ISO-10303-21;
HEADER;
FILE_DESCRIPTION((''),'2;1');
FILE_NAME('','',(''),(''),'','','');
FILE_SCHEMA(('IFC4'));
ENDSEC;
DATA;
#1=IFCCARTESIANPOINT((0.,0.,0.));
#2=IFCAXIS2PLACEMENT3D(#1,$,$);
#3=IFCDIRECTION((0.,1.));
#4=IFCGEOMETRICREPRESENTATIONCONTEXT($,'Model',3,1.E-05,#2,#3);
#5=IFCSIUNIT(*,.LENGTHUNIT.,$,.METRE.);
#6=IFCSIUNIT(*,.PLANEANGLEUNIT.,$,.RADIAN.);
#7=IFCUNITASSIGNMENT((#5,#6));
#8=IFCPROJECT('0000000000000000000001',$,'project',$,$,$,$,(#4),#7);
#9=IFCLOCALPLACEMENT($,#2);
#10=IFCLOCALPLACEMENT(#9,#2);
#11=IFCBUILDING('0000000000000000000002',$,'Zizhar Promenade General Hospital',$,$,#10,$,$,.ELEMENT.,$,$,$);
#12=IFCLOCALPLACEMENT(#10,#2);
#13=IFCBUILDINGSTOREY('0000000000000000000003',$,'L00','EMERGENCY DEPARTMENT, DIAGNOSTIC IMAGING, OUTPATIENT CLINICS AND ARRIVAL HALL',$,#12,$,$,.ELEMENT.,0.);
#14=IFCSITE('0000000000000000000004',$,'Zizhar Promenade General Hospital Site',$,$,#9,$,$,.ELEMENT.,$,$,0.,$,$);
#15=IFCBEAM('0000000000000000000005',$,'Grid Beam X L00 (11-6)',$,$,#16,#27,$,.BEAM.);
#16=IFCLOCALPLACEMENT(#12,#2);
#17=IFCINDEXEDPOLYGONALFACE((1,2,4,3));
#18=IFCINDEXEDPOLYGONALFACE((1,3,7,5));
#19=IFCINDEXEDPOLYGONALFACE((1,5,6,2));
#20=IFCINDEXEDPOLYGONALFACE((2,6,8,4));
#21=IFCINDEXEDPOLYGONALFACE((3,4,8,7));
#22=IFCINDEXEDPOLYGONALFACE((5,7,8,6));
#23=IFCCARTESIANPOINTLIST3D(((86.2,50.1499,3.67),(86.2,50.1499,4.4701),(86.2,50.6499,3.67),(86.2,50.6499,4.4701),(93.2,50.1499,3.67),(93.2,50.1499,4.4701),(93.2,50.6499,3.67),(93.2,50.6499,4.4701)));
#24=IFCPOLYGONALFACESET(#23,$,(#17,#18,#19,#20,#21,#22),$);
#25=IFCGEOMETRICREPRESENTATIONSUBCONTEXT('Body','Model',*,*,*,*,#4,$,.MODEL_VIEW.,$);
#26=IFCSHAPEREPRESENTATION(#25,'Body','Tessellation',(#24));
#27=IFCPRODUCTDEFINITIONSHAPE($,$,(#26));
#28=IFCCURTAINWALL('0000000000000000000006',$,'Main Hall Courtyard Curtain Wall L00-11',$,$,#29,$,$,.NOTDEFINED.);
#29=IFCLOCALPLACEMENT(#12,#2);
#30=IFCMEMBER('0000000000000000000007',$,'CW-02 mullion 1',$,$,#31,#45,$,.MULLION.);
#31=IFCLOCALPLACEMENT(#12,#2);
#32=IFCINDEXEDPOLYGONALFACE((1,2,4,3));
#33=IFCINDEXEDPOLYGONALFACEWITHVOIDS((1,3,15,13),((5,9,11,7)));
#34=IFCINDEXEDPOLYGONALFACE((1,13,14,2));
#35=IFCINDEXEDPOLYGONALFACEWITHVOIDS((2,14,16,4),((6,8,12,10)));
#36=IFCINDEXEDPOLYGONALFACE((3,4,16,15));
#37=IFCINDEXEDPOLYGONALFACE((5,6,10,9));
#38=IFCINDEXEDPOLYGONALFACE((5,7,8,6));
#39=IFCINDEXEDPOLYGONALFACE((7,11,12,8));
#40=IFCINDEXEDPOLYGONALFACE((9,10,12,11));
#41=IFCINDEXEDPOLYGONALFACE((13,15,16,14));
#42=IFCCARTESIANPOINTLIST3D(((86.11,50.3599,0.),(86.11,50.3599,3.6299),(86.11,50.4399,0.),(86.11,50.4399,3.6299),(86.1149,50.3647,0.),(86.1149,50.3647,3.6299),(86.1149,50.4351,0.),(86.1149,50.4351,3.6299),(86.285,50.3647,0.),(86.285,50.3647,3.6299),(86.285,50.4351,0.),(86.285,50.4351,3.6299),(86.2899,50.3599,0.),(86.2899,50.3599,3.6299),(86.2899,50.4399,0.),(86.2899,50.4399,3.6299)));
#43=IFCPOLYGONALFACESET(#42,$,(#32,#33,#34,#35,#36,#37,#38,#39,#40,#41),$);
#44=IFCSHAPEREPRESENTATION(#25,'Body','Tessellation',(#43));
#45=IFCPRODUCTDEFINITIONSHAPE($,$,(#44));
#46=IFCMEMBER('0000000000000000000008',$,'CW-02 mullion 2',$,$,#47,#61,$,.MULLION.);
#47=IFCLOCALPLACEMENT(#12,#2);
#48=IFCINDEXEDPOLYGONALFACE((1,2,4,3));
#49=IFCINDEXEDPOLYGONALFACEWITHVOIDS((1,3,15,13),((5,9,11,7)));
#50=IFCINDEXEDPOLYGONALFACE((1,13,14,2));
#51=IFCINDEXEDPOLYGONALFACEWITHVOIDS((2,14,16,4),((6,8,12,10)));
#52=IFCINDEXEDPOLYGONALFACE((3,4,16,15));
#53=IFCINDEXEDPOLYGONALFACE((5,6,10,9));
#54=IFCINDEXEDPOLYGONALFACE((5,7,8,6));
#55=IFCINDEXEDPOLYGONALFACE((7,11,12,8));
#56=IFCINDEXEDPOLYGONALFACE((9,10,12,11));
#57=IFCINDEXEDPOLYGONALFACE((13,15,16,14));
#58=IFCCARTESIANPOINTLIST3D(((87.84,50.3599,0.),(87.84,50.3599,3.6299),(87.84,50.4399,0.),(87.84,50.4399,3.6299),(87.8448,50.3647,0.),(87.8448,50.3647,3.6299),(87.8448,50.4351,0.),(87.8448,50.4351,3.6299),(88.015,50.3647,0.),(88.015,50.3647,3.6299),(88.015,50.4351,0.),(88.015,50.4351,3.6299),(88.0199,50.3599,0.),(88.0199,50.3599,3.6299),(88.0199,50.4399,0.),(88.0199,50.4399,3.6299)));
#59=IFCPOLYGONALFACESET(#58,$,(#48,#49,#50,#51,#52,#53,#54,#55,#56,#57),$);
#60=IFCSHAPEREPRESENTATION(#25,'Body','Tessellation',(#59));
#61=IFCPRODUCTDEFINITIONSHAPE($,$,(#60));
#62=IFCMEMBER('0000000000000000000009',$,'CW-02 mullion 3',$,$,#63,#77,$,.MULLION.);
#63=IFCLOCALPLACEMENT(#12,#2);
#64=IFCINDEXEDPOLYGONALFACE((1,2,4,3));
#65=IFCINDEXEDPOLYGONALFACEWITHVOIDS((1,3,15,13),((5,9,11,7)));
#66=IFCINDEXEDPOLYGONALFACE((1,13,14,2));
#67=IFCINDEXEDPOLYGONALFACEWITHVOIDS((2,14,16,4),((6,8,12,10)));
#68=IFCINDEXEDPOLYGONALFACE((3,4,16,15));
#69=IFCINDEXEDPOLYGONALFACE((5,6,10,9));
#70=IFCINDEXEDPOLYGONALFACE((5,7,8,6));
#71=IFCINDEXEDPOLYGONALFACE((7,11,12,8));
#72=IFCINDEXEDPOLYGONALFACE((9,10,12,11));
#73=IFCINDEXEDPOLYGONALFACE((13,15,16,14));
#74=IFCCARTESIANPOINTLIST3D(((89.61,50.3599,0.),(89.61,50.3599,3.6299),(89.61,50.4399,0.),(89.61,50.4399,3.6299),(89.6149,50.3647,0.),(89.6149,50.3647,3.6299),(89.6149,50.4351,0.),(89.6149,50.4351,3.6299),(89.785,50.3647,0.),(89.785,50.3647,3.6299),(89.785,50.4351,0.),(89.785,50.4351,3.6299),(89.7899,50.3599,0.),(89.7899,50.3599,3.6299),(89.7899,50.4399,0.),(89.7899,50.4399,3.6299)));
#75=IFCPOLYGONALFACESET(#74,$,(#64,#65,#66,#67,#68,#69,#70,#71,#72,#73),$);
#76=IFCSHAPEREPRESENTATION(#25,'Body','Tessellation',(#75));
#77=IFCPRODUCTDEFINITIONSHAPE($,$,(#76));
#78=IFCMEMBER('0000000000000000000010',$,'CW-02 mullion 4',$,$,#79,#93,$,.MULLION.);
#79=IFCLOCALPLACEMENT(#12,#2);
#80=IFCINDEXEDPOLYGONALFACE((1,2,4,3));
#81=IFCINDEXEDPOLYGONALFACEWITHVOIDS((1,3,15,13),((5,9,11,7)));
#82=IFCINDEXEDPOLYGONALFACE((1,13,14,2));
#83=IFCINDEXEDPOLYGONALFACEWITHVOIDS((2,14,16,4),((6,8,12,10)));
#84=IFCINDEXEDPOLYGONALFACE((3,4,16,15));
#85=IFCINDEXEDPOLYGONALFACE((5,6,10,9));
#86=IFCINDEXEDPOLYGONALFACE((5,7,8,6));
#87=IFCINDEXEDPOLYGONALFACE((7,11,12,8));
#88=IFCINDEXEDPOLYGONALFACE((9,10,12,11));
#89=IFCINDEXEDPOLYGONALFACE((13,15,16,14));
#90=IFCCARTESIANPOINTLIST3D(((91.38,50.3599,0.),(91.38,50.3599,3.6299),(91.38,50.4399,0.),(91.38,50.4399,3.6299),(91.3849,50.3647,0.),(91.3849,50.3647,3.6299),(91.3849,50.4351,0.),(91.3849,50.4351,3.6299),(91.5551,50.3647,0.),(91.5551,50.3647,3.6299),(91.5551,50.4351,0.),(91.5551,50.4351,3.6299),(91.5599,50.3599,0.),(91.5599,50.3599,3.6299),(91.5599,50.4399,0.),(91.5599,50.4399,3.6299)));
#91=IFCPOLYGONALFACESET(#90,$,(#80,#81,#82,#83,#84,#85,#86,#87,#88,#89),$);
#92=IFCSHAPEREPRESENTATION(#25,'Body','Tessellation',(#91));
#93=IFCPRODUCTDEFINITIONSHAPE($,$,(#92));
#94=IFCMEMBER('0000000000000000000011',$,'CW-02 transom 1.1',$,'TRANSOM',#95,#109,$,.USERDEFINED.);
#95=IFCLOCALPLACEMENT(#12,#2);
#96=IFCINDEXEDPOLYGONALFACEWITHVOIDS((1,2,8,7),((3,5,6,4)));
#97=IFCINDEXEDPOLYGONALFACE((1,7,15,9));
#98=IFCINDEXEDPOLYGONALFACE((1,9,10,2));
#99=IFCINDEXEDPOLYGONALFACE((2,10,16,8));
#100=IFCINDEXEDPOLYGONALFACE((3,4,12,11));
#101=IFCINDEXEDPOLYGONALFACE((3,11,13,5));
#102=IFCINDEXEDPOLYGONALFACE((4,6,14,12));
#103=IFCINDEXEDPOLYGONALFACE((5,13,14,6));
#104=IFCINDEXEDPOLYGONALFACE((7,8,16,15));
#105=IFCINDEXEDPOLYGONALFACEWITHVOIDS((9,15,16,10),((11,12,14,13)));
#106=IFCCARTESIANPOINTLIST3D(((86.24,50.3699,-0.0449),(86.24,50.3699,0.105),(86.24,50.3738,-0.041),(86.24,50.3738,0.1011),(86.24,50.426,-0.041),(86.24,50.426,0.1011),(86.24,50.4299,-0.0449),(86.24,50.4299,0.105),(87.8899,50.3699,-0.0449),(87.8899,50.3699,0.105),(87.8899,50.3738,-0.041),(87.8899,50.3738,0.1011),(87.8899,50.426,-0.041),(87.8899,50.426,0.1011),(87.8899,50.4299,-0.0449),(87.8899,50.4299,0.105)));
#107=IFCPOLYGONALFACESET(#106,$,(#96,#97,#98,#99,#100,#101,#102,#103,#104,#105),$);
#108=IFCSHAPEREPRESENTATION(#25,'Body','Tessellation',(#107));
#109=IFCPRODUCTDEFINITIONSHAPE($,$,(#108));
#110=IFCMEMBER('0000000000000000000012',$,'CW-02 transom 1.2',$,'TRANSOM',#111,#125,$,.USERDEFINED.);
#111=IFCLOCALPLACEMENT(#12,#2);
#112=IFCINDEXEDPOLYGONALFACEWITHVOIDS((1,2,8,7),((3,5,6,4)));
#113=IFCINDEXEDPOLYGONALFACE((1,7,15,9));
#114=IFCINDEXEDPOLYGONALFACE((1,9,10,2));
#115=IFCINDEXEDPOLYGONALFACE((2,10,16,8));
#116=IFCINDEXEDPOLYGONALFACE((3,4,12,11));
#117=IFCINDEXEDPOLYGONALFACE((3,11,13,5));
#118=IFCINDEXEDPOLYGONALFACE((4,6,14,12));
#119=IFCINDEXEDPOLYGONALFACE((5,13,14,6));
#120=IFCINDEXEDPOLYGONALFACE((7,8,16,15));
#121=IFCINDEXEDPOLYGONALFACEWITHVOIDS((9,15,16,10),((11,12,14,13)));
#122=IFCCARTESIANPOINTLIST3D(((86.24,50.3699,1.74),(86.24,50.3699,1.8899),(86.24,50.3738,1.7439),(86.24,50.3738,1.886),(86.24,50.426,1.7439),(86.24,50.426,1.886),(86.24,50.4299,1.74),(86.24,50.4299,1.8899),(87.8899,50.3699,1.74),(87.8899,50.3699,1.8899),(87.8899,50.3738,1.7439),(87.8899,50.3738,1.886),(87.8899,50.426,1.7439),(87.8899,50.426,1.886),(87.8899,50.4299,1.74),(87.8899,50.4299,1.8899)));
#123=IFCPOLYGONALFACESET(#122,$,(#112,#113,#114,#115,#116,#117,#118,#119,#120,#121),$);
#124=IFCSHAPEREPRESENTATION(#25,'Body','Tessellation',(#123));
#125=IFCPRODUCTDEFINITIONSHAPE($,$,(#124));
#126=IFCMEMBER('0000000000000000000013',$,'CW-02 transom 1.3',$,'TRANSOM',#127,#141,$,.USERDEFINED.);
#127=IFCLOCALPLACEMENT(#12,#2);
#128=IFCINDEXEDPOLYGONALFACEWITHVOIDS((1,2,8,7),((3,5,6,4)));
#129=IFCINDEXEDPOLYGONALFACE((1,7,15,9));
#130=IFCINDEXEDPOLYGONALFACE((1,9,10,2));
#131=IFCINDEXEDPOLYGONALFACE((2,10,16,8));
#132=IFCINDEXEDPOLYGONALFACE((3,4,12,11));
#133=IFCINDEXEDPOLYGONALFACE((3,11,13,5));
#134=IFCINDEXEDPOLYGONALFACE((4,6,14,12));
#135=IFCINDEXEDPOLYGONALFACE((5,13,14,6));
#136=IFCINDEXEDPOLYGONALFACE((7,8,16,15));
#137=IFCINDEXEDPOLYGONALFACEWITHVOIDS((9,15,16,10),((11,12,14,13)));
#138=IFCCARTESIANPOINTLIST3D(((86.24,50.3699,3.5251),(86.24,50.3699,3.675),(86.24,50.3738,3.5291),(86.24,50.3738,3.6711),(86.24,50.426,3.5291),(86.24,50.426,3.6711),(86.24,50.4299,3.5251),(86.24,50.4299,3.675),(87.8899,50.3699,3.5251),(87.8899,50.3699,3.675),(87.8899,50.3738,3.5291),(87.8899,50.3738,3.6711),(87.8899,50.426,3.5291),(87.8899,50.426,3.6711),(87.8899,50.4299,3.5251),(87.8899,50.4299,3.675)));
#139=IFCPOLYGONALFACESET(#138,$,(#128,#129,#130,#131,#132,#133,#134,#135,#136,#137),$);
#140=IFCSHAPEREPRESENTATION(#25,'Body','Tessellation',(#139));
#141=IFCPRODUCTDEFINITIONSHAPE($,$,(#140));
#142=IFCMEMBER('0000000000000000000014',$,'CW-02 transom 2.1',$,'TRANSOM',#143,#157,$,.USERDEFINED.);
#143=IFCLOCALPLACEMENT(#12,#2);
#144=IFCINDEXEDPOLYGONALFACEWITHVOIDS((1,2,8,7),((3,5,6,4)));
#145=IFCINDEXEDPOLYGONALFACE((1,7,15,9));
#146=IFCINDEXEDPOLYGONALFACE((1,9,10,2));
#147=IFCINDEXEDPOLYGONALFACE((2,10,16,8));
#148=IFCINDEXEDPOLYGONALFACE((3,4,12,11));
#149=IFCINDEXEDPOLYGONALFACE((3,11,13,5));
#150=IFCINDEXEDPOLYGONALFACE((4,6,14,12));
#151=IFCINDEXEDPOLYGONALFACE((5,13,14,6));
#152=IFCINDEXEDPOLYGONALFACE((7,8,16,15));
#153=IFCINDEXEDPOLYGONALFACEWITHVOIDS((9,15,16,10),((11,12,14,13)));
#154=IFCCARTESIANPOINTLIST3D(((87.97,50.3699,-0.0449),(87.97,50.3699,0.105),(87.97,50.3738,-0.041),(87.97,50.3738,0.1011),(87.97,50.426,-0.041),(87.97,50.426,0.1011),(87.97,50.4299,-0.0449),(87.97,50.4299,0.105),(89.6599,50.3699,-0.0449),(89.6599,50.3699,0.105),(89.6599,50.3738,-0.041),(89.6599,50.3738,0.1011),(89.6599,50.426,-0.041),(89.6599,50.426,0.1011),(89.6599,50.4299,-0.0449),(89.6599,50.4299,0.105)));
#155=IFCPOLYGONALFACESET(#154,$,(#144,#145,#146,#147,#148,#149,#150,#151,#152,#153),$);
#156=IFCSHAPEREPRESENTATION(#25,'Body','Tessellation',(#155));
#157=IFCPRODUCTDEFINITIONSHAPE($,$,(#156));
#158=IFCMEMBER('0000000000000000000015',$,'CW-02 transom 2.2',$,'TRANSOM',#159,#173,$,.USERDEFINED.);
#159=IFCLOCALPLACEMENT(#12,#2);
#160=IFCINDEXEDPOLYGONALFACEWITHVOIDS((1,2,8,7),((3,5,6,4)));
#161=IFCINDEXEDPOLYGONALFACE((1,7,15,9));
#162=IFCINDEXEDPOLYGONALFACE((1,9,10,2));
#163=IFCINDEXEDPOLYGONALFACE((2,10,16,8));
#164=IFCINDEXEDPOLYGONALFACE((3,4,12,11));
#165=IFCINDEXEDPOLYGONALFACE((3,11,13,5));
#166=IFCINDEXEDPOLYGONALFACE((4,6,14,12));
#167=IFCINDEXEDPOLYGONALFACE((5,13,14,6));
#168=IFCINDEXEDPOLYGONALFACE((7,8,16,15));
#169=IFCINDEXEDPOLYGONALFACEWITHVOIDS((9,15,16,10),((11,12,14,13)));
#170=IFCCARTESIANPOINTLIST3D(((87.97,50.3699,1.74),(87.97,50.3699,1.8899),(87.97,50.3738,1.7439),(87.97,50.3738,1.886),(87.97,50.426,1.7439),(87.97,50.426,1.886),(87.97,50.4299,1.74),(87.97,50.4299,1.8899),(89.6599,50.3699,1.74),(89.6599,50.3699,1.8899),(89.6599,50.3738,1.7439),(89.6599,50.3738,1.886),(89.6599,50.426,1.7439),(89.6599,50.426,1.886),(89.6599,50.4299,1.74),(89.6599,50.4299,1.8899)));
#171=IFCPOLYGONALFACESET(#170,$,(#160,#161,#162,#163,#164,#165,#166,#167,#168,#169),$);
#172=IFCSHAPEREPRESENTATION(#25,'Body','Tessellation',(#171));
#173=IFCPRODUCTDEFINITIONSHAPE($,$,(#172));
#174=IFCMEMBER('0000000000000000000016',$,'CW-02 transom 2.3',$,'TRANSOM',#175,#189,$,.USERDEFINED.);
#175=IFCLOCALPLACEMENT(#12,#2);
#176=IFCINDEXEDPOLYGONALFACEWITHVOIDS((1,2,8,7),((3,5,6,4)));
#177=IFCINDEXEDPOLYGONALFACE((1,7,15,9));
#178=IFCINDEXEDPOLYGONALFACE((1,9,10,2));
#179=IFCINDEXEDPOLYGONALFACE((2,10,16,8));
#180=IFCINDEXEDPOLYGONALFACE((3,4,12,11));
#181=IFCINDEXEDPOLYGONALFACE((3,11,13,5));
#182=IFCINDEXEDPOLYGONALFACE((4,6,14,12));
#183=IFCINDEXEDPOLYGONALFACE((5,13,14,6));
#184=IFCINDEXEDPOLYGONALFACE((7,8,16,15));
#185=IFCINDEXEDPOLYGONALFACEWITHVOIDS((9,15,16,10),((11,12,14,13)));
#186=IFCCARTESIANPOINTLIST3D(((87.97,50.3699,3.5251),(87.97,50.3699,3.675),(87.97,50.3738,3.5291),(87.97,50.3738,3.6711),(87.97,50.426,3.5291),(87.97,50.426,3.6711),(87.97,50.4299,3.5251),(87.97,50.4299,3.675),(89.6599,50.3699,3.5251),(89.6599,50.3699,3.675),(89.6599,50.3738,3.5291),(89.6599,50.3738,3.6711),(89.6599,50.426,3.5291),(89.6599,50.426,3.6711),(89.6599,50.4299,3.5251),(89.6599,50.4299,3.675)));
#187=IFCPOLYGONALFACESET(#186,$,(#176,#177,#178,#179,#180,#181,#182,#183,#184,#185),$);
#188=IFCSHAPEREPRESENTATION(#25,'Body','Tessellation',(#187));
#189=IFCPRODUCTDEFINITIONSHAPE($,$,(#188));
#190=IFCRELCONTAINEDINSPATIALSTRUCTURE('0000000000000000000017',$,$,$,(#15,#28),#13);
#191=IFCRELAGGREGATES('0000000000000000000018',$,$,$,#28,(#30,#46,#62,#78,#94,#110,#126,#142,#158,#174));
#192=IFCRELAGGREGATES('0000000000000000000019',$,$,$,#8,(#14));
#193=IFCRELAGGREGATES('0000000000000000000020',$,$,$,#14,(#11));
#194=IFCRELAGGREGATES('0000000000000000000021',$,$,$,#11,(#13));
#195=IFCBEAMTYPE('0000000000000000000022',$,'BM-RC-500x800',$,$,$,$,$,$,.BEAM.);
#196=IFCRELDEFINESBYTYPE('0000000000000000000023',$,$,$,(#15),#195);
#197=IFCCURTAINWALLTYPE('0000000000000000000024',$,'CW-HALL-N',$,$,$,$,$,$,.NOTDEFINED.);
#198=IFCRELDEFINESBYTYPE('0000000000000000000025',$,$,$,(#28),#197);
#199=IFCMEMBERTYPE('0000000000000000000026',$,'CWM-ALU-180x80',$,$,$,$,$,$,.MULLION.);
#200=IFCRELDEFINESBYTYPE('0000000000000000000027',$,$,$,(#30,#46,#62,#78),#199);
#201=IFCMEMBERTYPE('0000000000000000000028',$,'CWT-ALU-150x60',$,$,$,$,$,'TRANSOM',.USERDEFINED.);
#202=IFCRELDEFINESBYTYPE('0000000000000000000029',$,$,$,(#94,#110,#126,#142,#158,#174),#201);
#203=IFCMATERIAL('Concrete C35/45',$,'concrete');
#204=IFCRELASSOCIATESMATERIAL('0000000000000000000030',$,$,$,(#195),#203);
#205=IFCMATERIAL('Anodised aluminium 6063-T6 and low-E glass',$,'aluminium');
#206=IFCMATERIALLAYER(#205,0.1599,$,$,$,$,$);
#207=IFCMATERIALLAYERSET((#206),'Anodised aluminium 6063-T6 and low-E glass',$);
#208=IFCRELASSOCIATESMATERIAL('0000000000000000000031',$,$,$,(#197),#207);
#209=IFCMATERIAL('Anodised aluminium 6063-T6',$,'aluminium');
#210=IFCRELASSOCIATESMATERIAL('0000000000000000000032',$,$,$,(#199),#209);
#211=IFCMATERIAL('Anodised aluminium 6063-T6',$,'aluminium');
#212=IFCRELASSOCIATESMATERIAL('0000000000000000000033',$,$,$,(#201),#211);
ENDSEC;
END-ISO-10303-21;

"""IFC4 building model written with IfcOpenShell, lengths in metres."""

from ifc_helpers import new_model, si_unit, direction, frame, origin, origin_2d, place, context, subcontext, project, spatial, rectangle, hollow_rectangle, extrude, material, layer, layer_set, material_profile, profile_set, type_object, element, aggregate, save


model = new_model("IFC4")

# Units and contexts
model_context = context("Model", 3, precision=1e-05, world=origin(), true_north=direction((0.0, 1.0)))
body_context = subcontext(model_context, "Body", "Model", "MODEL_VIEW")
ifc_project = project(units=[si_unit("LENGTHUNIT", "METRE"), si_unit("PLANEANGLEUNIT", "RADIAN")], contexts=[model_context])

# Site, building, storey
site_placement = place(None, origin())
site = spatial("IfcSite", under=ifc_project, at=site_placement, Name="Zizhar Promenade General Hospital Site", CompositionType="ELEMENT", RefElevation=0.0)
building_placement = place(site_placement, origin())
building = spatial("IfcBuilding", under=site, at=building_placement, Name="Zizhar Promenade General Hospital", CompositionType="ELEMENT")
storey_placement = place(building_placement, origin())
storey = spatial("IfcBuildingStorey", under=building, at=storey_placement, Name="L00", Description="EMERGENCY DEPARTMENT, DIAGNOSTIC IMAGING, OUTPATIENT CLINICS AND ARRIVAL HALL", CompositionType="ELEMENT", Elevation=0.0)

# Beam
ifc_material_1 = material(Name="Concrete C35/45", Category="concrete")
ifc_material_profile_1 = material_profile(ifc_material_1, rectangle(XDim=0.5, YDim=0.8, at=origin_2d()))
ifc_profile_set_1 = profile_set([ifc_material_profile_1], Name="Concrete C35/45")
beam_type = type_object("IfcBeamType", Name="BM-RC-500x800", PredefinedType="BEAM", material=ifc_profile_set_1)
beam_placement = place(storey_placement, frame((86.2, 50.3999, 4.0701), z_axis=(1.0, 0.0, 0.0), x_axis=(0.0, 1.0, 0.0)))
element("IfcBeam", 1, at=beam_placement, inside=storey, type_object=beam_type, Name="Grid Beam X L00 (11-6)", PredefinedType="BEAM", context=body_context, shape_type="SweptSolid", body=[
    extrude(rectangle(XDim=0.5, YDim=0.8, at=origin_2d()), origin(), (0.0, 0.0, 1.0), 7.0),
])

# Curtain wall, members
ifc_material_2 = material(Name="Anodised aluminium 6063-T6 and low-E glass", Category="aluminium")
ifc_layer_1 = layer(ifc_material_2, 0.1599)
ifc_layer_set_1 = layer_set([ifc_layer_1], Name="Anodised aluminium 6063-T6 and low-E glass")
curtain_wall_type = type_object("IfcCurtainWallType", Name="CW-HALL-N", PredefinedType="NOTDEFINED", material=ifc_layer_set_1)
curtain_wall_placement = place(storey_placement, origin())
curtain_wall = element("IfcCurtainWall", 2, at=curtain_wall_placement, inside=storey, type_object=curtain_wall_type, Name="Main Hall Courtyard Curtain Wall L00-11", PredefinedType="NOTDEFINED")
ifc_material_3 = material(Name="Anodised aluminium 6063-T6", Category="aluminium")
ifc_material_profile_2 = material_profile(ifc_material_3, hollow_rectangle(XDim=0.0801, YDim=0.1799, WallThickness=0.0049, at=origin_2d()))
ifc_profile_set_2 = profile_set([ifc_material_profile_2], Name="Anodised aluminium 6063-T6")
member_type_1 = type_object("IfcMemberType", Name="CWM-ALU-180x80", PredefinedType="MULLION", material=ifc_profile_set_2)
member_1_placement = place(storey_placement, frame((86.2, 50.3999, 0.0), z_axis=(0.0, 0.0, 1.0), x_axis=(0.0, 1.0, 0.0)))
member_1 = element("IfcMember", 3, at=member_1_placement, type_object=member_type_1, Name="CW-02 mullion 1", PredefinedType="MULLION", context=body_context, shape_type="SweptSolid", body=[
    extrude(hollow_rectangle(XDim=0.0801, YDim=0.1799, WallThickness=0.0049, at=origin_2d()), origin(), (0.0, 0.0, 1.0), 3.6299),
])
member_2_placement = place(storey_placement, frame((87.9299, 50.3999, 0.0), z_axis=(0.0, 0.0, 1.0), x_axis=(0.0, 1.0, 0.0)))
member_2 = element("IfcMember", 4, at=member_2_placement, type_object=member_type_1, Name="CW-02 mullion 2", PredefinedType="MULLION", context=body_context, shape_type="SweptSolid", body=[
    extrude(hollow_rectangle(XDim=0.0801, YDim=0.1799, WallThickness=0.0049, at=origin_2d()), origin(), (0.0, 0.0, 1.0), 3.6299),
])
member_3_placement = place(storey_placement, frame((89.7, 50.3999, 0.0), z_axis=(0.0, 0.0, 1.0), x_axis=(0.0, 1.0, 0.0)))
member_3 = element("IfcMember", 5, at=member_3_placement, type_object=member_type_1, Name="CW-02 mullion 3", PredefinedType="MULLION", context=body_context, shape_type="SweptSolid", body=[
    extrude(hollow_rectangle(XDim=0.0801, YDim=0.1799, WallThickness=0.0049, at=origin_2d()), origin(), (0.0, 0.0, 1.0), 3.6299),
])
member_4_placement = place(storey_placement, frame((91.47, 50.3999, 0.0), z_axis=(0.0, 0.0, 1.0), x_axis=(0.0, 1.0, 0.0)))
member_4 = element("IfcMember", 6, at=member_4_placement, type_object=member_type_1, Name="CW-02 mullion 4", PredefinedType="MULLION", context=body_context, shape_type="SweptSolid", body=[
    extrude(hollow_rectangle(XDim=0.0801, YDim=0.1799, WallThickness=0.0049, at=origin_2d()), origin(), (0.0, 0.0, 1.0), 3.6299),
])
ifc_material_4 = material(Name="Anodised aluminium 6063-T6", Category="aluminium")
ifc_material_profile_3 = material_profile(ifc_material_4, hollow_rectangle(XDim=0.0601, YDim=0.1499, WallThickness=0.0039, at=origin_2d()))
ifc_profile_set_3 = profile_set([ifc_material_profile_3], Name="Anodised aluminium 6063-T6")
member_type_2 = type_object("IfcMemberType", Name="CWT-ALU-150x60", ElementType="TRANSOM", PredefinedType="USERDEFINED", material=ifc_profile_set_3)
member_5_placement = place(storey_placement, frame((86.24, 50.3999, 0.03), z_axis=(1.0, 0.0, 0.0), x_axis=(0.0, 1.0, 0.0)))
member_5 = element("IfcMember", 7, at=member_5_placement, type_object=member_type_2, Name="CW-02 transom 1.1", ObjectType="TRANSOM", PredefinedType="USERDEFINED", context=body_context, shape_type="SweptSolid", body=[
    extrude(hollow_rectangle(XDim=0.0601, YDim=0.1499, WallThickness=0.0039, at=origin_2d()), origin(), (0.0, 0.0, 1.0), 1.6499),
])
member_6_placement = place(storey_placement, frame((86.24, 50.3999, 1.8149), z_axis=(1.0, 0.0, 0.0), x_axis=(0.0, 1.0, 0.0)))
member_6 = element("IfcMember", 8, at=member_6_placement, type_object=member_type_2, Name="CW-02 transom 1.2", ObjectType="TRANSOM", PredefinedType="USERDEFINED", context=body_context, shape_type="SweptSolid", body=[
    extrude(hollow_rectangle(XDim=0.0601, YDim=0.1499, WallThickness=0.0039, at=origin_2d()), origin(), (0.0, 0.0, 1.0), 1.6499),
])
member_7_placement = place(storey_placement, frame((86.24, 50.3999, 3.6001), z_axis=(1.0, 0.0, 0.0), x_axis=(0.0, 1.0, 0.0)))
member_7 = element("IfcMember", 9, at=member_7_placement, type_object=member_type_2, Name="CW-02 transom 1.3", ObjectType="TRANSOM", PredefinedType="USERDEFINED", context=body_context, shape_type="SweptSolid", body=[
    extrude(hollow_rectangle(XDim=0.0601, YDim=0.1499, WallThickness=0.0039, at=origin_2d()), origin(), (0.0, 0.0, 1.0), 1.6499),
])
member_8_placement = place(storey_placement, frame((87.97, 50.3999, 0.03), z_axis=(1.0, 0.0, 0.0), x_axis=(0.0, 1.0, 0.0)))
member_8 = element("IfcMember", 10, at=member_8_placement, type_object=member_type_2, Name="CW-02 transom 2.1", ObjectType="TRANSOM", PredefinedType="USERDEFINED", context=body_context, shape_type="SweptSolid", body=[
    extrude(hollow_rectangle(XDim=0.0601, YDim=0.1499, WallThickness=0.0039, at=origin_2d()), origin(), (0.0, 0.0, 1.0), 1.6899),
])
member_9_placement = place(storey_placement, frame((87.97, 50.3999, 1.8149), z_axis=(1.0, 0.0, 0.0), x_axis=(0.0, 1.0, 0.0)))
member_9 = element("IfcMember", 11, at=member_9_placement, type_object=member_type_2, Name="CW-02 transom 2.2", ObjectType="TRANSOM", PredefinedType="USERDEFINED", context=body_context, shape_type="SweptSolid", body=[
    extrude(hollow_rectangle(XDim=0.0601, YDim=0.1499, WallThickness=0.0039, at=origin_2d()), origin(), (0.0, 0.0, 1.0), 1.6899),
])
member_10_placement = place(storey_placement, frame((87.97, 50.3999, 3.6001), z_axis=(1.0, 0.0, 0.0), x_axis=(0.0, 1.0, 0.0)))
member_10 = element("IfcMember", 12, at=member_10_placement, type_object=member_type_2, Name="CW-02 transom 2.3", ObjectType="TRANSOM", PredefinedType="USERDEFINED", context=body_context, shape_type="SweptSolid", body=[
    extrude(hollow_rectangle(XDim=0.0601, YDim=0.1499, WallThickness=0.0039, at=origin_2d()), origin(), (0.0, 0.0, 1.0), 1.6899),
])
aggregate(curtain_wall, [member_1, member_2, member_3, member_4, member_5, member_6, member_7, member_8, member_9, member_10])

save(model, "model.ifc")
